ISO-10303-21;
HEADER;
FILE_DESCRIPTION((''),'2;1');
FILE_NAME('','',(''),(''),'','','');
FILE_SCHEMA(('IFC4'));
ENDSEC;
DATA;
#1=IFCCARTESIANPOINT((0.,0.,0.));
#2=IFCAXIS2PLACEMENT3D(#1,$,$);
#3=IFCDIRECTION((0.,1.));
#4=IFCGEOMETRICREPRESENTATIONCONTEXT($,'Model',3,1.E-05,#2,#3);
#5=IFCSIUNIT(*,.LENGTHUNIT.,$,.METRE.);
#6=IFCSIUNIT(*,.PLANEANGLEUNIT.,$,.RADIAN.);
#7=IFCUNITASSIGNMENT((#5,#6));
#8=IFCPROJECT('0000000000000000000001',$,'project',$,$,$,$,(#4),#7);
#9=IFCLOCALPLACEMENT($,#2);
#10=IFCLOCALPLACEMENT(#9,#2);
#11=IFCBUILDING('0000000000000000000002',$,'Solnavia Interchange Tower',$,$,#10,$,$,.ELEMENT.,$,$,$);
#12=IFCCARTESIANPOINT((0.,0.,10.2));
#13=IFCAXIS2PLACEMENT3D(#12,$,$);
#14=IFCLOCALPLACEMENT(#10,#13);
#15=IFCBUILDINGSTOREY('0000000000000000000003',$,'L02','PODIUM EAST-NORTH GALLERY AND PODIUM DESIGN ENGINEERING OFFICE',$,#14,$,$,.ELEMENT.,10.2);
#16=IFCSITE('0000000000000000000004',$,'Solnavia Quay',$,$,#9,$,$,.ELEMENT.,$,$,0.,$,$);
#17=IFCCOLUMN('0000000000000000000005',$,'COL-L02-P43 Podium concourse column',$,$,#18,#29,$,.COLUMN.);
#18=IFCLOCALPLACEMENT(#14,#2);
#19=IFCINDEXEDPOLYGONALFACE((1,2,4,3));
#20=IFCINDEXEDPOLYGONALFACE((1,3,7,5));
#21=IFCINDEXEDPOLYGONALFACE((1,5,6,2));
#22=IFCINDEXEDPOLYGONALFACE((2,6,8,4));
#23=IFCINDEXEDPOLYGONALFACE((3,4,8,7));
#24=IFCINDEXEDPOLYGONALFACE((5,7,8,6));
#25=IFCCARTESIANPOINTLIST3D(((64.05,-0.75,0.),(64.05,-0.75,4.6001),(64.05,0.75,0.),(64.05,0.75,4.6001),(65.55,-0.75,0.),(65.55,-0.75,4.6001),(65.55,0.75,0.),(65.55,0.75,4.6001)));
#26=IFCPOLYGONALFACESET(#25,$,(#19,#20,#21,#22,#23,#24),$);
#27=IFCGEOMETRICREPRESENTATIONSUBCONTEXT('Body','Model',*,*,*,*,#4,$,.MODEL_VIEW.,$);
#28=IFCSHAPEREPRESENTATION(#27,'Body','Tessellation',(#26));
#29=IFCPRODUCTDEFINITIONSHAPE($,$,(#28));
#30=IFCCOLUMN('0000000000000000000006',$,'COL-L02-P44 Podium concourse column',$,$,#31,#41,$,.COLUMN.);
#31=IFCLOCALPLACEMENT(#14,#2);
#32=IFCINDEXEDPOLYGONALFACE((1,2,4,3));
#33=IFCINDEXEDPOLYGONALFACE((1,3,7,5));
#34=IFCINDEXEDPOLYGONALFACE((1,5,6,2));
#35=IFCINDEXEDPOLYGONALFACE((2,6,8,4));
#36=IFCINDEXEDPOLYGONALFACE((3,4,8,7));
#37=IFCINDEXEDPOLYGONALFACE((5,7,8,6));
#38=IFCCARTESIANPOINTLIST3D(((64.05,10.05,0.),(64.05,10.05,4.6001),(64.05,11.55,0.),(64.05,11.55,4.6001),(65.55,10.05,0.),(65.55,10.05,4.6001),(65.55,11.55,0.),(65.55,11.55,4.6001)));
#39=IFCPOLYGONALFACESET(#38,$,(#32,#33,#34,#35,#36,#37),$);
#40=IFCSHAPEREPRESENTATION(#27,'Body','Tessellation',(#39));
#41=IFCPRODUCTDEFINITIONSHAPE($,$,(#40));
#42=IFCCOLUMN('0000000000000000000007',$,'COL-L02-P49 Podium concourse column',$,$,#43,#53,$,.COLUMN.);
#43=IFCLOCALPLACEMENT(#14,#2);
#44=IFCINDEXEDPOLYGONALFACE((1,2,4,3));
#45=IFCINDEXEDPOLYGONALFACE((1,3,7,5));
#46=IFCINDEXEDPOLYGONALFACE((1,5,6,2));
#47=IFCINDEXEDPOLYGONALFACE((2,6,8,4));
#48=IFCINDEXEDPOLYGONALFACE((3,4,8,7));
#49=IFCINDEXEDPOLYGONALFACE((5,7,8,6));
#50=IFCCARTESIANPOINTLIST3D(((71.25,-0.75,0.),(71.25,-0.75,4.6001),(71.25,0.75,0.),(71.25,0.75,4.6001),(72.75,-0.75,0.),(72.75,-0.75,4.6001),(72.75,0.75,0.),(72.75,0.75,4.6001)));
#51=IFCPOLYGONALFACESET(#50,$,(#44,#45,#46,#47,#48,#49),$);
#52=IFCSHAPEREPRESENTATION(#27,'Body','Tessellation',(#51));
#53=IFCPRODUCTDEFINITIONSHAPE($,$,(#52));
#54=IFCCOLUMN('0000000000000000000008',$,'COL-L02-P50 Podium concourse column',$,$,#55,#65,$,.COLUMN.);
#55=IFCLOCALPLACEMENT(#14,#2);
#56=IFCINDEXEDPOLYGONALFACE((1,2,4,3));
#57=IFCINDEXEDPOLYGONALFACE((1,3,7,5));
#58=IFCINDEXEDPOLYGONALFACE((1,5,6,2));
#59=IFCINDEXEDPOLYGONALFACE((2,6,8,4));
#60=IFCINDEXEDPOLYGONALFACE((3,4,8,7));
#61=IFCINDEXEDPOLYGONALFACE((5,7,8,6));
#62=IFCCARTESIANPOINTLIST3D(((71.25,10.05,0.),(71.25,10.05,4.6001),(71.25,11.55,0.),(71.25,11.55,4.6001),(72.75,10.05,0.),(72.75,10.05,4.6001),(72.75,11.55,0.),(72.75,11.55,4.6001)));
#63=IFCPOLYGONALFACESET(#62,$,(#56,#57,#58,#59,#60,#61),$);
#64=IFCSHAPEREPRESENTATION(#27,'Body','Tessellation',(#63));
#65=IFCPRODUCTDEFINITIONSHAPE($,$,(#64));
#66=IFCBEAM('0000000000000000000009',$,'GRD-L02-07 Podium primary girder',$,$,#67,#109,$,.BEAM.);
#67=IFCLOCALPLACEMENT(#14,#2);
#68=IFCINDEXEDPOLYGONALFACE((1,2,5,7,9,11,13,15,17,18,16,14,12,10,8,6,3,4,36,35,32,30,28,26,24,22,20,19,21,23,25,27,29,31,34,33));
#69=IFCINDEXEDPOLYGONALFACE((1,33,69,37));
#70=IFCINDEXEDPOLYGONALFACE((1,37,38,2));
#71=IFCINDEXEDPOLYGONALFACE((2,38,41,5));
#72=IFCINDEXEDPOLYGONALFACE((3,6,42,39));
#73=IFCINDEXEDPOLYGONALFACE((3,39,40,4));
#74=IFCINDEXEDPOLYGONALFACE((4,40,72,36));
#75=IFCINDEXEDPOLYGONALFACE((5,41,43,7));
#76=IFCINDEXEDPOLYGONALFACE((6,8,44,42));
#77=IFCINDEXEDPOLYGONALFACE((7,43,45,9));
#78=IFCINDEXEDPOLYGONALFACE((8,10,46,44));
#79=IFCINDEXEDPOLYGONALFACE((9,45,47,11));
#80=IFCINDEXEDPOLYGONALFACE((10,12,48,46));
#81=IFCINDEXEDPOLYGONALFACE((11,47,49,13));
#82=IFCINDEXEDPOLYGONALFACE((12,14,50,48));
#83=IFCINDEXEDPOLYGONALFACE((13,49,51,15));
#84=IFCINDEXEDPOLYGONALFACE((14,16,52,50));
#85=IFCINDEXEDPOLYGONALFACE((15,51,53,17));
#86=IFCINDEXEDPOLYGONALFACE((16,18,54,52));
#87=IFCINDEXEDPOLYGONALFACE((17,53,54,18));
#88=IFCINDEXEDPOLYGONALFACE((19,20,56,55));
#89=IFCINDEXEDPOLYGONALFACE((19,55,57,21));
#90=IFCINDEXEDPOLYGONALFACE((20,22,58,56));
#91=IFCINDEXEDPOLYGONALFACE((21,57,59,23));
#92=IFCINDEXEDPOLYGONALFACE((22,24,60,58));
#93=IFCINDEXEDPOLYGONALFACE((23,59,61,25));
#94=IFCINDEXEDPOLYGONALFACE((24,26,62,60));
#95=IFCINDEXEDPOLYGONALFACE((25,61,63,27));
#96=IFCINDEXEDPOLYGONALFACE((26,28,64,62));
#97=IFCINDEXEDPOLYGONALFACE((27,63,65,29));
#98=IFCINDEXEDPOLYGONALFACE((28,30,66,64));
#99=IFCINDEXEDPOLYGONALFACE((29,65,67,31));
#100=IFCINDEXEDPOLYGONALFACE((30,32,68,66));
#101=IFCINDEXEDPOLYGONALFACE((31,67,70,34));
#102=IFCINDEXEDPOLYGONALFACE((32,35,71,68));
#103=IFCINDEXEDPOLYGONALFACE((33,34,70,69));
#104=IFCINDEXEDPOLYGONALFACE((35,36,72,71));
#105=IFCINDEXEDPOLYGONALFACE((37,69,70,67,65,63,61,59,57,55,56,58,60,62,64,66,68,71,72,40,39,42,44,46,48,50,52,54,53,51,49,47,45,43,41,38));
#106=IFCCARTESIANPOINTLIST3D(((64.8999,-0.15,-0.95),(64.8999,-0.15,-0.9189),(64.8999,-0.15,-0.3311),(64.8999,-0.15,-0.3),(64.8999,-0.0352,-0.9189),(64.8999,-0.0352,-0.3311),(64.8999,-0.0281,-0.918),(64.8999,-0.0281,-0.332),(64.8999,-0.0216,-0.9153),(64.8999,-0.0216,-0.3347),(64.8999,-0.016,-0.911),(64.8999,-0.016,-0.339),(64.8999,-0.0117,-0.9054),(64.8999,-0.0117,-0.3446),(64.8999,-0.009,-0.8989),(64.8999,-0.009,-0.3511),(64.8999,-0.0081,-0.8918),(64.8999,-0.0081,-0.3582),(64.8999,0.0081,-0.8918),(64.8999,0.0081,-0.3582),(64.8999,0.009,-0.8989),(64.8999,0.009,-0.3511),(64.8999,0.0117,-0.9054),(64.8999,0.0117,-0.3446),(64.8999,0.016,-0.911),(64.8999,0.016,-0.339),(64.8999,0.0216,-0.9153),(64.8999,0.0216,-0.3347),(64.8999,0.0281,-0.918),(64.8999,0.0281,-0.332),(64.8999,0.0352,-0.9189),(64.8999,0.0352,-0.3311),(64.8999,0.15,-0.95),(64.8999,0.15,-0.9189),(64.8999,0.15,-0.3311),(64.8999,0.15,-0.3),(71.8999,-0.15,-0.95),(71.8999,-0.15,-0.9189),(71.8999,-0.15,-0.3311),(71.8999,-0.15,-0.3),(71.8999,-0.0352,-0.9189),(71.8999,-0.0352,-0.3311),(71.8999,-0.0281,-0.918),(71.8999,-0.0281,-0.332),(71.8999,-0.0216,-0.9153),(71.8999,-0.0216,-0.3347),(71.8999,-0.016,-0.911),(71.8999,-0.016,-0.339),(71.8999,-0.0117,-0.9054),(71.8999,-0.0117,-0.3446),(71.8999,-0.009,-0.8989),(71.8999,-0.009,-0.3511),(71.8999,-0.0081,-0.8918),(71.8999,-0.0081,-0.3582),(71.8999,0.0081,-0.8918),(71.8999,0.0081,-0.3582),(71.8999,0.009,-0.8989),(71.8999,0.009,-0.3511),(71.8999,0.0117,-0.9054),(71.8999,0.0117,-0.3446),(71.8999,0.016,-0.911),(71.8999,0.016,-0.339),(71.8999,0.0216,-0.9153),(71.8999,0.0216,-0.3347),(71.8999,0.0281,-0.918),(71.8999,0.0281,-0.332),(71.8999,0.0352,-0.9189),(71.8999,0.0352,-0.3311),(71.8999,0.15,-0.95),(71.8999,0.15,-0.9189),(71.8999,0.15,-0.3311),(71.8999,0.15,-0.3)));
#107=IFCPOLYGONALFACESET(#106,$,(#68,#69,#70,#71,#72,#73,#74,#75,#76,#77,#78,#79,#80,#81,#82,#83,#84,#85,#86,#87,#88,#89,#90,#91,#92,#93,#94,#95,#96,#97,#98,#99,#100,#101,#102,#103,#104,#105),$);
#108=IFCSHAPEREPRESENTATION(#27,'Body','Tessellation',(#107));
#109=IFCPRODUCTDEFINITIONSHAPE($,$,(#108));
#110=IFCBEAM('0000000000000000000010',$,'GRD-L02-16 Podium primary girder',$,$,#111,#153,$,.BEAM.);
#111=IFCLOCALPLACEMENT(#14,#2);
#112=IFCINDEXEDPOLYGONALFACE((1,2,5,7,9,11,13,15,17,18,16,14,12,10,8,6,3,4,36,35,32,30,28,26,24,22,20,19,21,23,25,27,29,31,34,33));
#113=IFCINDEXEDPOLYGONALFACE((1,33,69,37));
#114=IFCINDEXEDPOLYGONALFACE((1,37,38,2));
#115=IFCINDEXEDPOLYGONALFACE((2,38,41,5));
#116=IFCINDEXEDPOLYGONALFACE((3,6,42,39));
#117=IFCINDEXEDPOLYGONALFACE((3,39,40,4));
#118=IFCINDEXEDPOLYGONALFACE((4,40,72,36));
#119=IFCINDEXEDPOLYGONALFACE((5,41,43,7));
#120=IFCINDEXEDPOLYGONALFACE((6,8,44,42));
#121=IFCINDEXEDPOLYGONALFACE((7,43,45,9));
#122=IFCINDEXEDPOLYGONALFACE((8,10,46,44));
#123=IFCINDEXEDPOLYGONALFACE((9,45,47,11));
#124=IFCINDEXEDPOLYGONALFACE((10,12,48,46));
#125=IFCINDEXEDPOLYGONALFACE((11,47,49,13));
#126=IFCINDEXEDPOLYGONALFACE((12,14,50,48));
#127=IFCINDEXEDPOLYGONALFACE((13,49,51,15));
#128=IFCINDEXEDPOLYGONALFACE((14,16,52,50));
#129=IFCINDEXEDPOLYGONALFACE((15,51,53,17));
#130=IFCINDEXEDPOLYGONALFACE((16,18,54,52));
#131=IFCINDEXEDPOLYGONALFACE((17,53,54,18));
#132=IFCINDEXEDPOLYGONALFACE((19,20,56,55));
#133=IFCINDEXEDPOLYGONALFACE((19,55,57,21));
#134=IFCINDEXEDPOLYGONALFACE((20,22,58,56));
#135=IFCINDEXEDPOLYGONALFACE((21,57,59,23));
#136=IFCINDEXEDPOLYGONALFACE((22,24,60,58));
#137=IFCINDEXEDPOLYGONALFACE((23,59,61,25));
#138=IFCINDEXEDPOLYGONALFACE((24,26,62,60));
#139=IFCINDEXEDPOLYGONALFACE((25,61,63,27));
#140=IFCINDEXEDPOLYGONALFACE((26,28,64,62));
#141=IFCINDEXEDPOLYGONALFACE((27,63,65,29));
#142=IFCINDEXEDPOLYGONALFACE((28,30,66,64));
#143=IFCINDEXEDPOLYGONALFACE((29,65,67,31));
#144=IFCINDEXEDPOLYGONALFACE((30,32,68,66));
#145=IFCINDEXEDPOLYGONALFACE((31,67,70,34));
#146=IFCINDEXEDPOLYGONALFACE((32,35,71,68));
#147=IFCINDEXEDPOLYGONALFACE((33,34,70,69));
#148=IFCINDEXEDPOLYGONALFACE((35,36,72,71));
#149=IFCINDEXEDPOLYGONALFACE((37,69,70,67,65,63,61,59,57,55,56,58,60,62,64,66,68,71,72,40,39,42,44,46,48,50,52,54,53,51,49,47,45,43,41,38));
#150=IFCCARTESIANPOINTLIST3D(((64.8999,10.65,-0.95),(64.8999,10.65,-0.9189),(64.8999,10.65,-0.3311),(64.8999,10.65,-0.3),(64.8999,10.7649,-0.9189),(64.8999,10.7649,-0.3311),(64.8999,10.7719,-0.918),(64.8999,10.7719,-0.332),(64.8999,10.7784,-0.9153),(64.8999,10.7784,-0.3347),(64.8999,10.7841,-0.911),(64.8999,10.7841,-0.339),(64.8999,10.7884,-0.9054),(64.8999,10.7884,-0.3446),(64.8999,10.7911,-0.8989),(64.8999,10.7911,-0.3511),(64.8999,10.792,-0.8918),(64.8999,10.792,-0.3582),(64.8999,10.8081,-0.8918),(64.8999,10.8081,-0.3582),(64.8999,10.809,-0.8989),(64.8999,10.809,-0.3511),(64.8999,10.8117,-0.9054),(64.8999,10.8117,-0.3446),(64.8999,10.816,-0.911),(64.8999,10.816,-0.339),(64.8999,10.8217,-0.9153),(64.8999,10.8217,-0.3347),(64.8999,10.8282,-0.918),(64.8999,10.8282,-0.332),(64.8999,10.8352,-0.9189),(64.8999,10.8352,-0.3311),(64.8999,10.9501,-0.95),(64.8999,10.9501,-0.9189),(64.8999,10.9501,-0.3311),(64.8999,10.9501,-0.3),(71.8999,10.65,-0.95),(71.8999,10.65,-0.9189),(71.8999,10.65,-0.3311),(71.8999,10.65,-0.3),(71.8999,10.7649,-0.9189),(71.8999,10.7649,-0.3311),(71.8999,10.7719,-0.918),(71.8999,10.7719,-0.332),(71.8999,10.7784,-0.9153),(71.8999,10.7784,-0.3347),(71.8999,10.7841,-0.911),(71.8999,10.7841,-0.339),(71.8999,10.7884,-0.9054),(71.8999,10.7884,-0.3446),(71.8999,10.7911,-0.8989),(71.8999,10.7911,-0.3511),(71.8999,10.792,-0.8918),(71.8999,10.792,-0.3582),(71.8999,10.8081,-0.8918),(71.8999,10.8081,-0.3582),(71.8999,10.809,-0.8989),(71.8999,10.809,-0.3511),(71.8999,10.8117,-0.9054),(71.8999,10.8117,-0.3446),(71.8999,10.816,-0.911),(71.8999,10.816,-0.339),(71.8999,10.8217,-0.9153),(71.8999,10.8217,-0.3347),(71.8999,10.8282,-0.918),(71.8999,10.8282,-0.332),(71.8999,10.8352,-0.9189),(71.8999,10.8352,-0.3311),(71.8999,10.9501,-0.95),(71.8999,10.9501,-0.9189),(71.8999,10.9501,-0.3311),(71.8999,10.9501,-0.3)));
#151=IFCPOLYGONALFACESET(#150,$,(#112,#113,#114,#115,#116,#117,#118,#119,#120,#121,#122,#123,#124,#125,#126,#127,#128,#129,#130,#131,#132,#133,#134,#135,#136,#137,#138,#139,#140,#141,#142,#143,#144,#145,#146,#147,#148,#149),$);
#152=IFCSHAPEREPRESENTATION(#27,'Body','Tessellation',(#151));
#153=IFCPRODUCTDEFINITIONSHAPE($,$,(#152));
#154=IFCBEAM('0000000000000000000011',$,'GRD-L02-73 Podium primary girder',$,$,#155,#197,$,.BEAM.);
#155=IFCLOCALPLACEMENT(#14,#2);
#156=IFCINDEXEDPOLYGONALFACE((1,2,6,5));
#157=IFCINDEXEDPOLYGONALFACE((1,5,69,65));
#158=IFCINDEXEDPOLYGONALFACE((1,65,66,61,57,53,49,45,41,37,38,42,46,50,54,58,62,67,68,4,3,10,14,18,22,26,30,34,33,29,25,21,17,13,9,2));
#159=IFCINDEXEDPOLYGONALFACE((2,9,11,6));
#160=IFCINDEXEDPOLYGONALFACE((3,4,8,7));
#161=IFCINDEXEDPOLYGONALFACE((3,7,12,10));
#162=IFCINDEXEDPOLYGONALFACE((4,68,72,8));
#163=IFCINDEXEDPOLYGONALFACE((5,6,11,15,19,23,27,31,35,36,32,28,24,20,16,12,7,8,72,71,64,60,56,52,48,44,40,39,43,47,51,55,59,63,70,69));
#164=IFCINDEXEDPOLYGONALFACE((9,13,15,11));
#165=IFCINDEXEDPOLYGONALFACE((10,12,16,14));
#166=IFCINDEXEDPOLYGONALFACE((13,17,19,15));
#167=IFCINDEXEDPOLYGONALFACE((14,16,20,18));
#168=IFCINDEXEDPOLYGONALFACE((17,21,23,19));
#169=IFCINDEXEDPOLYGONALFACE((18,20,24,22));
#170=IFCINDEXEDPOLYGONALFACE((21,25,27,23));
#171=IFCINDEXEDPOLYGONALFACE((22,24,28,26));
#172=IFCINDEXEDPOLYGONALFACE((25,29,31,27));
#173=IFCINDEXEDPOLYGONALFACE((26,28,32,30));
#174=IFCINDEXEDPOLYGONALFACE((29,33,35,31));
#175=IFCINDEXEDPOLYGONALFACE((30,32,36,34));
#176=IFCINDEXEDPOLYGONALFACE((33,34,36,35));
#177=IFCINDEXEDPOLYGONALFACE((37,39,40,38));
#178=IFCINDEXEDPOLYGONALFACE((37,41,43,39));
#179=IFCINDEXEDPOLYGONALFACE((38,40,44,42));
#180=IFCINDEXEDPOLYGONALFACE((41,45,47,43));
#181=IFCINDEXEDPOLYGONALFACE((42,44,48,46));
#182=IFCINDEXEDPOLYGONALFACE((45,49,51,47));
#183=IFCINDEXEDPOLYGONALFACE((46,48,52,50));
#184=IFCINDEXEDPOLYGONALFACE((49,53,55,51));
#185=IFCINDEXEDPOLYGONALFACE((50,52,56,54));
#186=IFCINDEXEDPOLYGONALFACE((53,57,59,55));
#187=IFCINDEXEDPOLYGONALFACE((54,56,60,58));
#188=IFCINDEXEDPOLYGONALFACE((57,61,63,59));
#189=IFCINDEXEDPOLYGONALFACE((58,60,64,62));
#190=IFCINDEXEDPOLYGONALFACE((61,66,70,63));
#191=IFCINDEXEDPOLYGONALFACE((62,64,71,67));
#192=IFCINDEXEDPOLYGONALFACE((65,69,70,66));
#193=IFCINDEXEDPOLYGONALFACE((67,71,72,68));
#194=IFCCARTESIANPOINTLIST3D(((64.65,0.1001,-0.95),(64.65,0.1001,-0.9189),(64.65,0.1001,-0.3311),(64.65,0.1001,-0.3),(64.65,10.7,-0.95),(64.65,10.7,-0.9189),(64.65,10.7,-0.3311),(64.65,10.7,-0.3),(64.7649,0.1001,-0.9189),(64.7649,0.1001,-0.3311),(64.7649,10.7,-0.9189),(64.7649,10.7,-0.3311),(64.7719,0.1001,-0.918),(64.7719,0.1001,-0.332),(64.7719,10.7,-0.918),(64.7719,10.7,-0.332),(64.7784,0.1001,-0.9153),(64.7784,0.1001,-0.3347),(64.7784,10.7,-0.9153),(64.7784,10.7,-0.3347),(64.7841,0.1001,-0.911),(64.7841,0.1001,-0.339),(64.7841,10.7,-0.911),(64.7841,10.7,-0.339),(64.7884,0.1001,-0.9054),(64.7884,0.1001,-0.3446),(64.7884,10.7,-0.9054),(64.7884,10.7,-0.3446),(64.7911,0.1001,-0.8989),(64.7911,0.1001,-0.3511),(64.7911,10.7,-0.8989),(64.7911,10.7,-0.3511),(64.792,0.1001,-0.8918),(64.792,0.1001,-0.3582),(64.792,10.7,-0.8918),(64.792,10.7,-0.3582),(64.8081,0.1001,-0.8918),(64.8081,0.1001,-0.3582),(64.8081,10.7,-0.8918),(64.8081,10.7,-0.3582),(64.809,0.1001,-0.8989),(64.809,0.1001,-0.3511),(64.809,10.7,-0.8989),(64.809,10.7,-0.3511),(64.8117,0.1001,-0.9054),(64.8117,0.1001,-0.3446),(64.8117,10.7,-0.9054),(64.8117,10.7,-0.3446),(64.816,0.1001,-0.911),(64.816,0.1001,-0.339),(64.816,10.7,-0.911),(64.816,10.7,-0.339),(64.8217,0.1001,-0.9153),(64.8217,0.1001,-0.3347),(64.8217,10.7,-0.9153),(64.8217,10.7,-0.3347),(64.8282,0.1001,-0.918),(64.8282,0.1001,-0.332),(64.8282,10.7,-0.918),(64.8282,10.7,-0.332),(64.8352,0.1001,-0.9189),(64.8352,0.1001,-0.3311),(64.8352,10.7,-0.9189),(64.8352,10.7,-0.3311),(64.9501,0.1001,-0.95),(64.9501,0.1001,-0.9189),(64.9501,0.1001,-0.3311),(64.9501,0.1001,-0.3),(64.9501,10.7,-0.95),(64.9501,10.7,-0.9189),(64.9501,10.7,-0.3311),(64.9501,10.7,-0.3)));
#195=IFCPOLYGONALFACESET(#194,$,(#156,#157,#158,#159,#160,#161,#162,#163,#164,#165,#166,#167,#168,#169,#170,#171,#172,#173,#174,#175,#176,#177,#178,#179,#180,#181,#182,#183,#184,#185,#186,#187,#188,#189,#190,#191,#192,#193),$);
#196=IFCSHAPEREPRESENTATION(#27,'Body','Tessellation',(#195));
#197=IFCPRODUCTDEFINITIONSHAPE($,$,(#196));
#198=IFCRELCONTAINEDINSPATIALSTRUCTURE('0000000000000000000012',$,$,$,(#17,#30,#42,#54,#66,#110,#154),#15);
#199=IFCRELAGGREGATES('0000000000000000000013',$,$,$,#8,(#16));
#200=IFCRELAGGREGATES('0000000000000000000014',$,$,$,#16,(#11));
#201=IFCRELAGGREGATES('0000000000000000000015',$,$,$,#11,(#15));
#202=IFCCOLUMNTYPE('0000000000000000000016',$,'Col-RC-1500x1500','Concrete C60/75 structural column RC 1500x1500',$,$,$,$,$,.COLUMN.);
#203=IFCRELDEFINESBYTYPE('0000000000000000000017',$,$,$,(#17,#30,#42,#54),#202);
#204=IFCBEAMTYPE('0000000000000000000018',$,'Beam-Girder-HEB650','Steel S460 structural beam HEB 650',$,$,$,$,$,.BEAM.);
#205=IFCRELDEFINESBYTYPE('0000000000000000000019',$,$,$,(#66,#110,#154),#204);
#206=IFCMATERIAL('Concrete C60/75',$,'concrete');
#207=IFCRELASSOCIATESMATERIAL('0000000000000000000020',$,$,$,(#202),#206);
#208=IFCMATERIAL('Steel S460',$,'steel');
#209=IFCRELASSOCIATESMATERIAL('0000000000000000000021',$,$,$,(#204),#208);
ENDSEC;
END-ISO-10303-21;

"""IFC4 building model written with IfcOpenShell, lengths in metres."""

from ifc_helpers import new_model, si_unit, direction, frame, origin, origin_2d, place, context, subcontext, project, spatial, rectangle, i_section, extrude, material, material_profile, profile_set, type_object, element, save


model = new_model("IFC4")

# Units and contexts
model_context = context("Model", 3, precision=1e-05, world=origin(), true_north=direction((0.0, 1.0)))
body_context = subcontext(model_context, "Body", "Model", "MODEL_VIEW")
ifc_project = project(units=[si_unit("LENGTHUNIT", "METRE"), si_unit("PLANEANGLEUNIT", "RADIAN")], contexts=[model_context])

# Site, building, storey
site_placement = place(None, origin())
site = spatial("IfcSite", under=ifc_project, at=site_placement, Name="Solnavia Quay", CompositionType="ELEMENT", RefElevation=0.0)
building_placement = place(site_placement, origin())
building = spatial("IfcBuilding", under=site, at=building_placement, Name="Solnavia Interchange Tower", CompositionType="ELEMENT")
storey_placement = place(building_placement, frame((0.0, 0.0, 10.2)))
storey = spatial("IfcBuildingStorey", under=building, at=storey_placement, Name="L02", Description="PODIUM EAST-NORTH GALLERY AND PODIUM DESIGN ENGINEERING OFFICE", CompositionType="ELEMENT", Elevation=10.2)

# Columns
ifc_material_1 = material(Name="Concrete C60/75", Category="concrete")
ifc_material_profile_1 = material_profile(ifc_material_1, rectangle(XDim=1.5, YDim=1.5, at=origin_2d()), Name="RC 1500x1500")
ifc_profile_set_1 = profile_set([ifc_material_profile_1], Name="Concrete C60/75")
column_type = type_object("IfcColumnType", Name="Col-RC-1500x1500", Description="Concrete C60/75 structural column RC 1500x1500", PredefinedType="COLUMN", material=ifc_profile_set_1)
for number, where, z_axis, x_axis, name in (
    (1, (64.8, 0.0, 0.0), (0.0, 0.0, 1.0), (1.0, 0.0, 0.0), "COL-L02-P43 Podium concourse column"),
    (2, (64.8, 10.8, 0.0), (0.0, 0.0, 1.0), (1.0, 0.0, 0.0), "COL-L02-P44 Podium concourse column"),
    (3, (72.0, 0.0, 0.0), (0.0, 0.0, 1.0), (1.0, 0.0, 0.0), "COL-L02-P49 Podium concourse column"),
    (4, (72.0, 10.8, 0.0), (0.0, 0.0, 1.0), (1.0, 0.0, 0.0), "COL-L02-P50 Podium concourse column"),
):
    element("IfcColumn", number, at=place(storey_placement, frame(where, z_axis=z_axis, x_axis=x_axis)), inside=storey, type_object=column_type, Name=name, PredefinedType="COLUMN", context=body_context, shape_type="SweptSolid", body=[
        extrude(rectangle(XDim=1.5, YDim=1.5, at=origin_2d()), origin(), (0.0, 0.0, 1.0), 4.6001),
    ])

# Beams
ifc_material_2 = material(Name="Steel S460", Category="steel")
ifc_material_profile_2 = material_profile(ifc_material_2, i_section(OverallWidth=0.3, OverallDepth=0.6499, WebThickness=0.0161, FlangeThickness=0.031, FilletRadius=0.0271, at=origin_2d()), Name="HEB 650")
ifc_profile_set_2 = profile_set([ifc_material_profile_2], Name="Steel S460")
beam_type_1 = type_object("IfcBeamType", Name="Beam-Girder-HEB650", Description="Steel S460 structural beam HEB 650", PredefinedType="BEAM", material=ifc_profile_set_2)
for number, where, z_axis, x_axis, name in (
    (5, (64.8999, 0.0, -0.625), (1.0, 0.0, 0.0), (0.0, 1.0, 0.0), "GRD-L02-07 Podium primary girder"),
    (6, (64.8999, 10.8, -0.625), (1.0, 0.0, 0.0), (0.0, 1.0, 0.0), "GRD-L02-16 Podium primary girder"),
):
    element("IfcBeam", number, at=place(storey_placement, frame(where, z_axis=z_axis, x_axis=x_axis)), inside=storey, type_object=beam_type_1, Name=name, PredefinedType="BEAM", context=body_context, shape_type="SweptSolid", body=[
        extrude(i_section(OverallWidth=0.3, OverallDepth=0.6499, WebThickness=0.0161, FlangeThickness=0.031, FilletRadius=0.0271, at=origin_2d()), origin(), (0.0, 0.0, 1.0), 7.0),
    ])
beam_1_placement = place(storey_placement, frame((64.8, 0.1001, -0.625), z_axis=(0.0, 1.0, 0.0), x_axis=(-1.0, 0.0, 0.0)))
element("IfcBeam", 7, at=beam_1_placement, inside=storey, type_object=beam_type_1, Name="GRD-L02-73 Podium primary girder", PredefinedType="BEAM", context=body_context, shape_type="SweptSolid", body=[
    extrude(i_section(OverallWidth=0.3, OverallDepth=0.6499, WebThickness=0.0161, FlangeThickness=0.031, FilletRadius=0.0271, at=origin_2d()), origin(), (0.0, 0.0, 1.0), 10.5999),
])

save(model, "model.ifc")
